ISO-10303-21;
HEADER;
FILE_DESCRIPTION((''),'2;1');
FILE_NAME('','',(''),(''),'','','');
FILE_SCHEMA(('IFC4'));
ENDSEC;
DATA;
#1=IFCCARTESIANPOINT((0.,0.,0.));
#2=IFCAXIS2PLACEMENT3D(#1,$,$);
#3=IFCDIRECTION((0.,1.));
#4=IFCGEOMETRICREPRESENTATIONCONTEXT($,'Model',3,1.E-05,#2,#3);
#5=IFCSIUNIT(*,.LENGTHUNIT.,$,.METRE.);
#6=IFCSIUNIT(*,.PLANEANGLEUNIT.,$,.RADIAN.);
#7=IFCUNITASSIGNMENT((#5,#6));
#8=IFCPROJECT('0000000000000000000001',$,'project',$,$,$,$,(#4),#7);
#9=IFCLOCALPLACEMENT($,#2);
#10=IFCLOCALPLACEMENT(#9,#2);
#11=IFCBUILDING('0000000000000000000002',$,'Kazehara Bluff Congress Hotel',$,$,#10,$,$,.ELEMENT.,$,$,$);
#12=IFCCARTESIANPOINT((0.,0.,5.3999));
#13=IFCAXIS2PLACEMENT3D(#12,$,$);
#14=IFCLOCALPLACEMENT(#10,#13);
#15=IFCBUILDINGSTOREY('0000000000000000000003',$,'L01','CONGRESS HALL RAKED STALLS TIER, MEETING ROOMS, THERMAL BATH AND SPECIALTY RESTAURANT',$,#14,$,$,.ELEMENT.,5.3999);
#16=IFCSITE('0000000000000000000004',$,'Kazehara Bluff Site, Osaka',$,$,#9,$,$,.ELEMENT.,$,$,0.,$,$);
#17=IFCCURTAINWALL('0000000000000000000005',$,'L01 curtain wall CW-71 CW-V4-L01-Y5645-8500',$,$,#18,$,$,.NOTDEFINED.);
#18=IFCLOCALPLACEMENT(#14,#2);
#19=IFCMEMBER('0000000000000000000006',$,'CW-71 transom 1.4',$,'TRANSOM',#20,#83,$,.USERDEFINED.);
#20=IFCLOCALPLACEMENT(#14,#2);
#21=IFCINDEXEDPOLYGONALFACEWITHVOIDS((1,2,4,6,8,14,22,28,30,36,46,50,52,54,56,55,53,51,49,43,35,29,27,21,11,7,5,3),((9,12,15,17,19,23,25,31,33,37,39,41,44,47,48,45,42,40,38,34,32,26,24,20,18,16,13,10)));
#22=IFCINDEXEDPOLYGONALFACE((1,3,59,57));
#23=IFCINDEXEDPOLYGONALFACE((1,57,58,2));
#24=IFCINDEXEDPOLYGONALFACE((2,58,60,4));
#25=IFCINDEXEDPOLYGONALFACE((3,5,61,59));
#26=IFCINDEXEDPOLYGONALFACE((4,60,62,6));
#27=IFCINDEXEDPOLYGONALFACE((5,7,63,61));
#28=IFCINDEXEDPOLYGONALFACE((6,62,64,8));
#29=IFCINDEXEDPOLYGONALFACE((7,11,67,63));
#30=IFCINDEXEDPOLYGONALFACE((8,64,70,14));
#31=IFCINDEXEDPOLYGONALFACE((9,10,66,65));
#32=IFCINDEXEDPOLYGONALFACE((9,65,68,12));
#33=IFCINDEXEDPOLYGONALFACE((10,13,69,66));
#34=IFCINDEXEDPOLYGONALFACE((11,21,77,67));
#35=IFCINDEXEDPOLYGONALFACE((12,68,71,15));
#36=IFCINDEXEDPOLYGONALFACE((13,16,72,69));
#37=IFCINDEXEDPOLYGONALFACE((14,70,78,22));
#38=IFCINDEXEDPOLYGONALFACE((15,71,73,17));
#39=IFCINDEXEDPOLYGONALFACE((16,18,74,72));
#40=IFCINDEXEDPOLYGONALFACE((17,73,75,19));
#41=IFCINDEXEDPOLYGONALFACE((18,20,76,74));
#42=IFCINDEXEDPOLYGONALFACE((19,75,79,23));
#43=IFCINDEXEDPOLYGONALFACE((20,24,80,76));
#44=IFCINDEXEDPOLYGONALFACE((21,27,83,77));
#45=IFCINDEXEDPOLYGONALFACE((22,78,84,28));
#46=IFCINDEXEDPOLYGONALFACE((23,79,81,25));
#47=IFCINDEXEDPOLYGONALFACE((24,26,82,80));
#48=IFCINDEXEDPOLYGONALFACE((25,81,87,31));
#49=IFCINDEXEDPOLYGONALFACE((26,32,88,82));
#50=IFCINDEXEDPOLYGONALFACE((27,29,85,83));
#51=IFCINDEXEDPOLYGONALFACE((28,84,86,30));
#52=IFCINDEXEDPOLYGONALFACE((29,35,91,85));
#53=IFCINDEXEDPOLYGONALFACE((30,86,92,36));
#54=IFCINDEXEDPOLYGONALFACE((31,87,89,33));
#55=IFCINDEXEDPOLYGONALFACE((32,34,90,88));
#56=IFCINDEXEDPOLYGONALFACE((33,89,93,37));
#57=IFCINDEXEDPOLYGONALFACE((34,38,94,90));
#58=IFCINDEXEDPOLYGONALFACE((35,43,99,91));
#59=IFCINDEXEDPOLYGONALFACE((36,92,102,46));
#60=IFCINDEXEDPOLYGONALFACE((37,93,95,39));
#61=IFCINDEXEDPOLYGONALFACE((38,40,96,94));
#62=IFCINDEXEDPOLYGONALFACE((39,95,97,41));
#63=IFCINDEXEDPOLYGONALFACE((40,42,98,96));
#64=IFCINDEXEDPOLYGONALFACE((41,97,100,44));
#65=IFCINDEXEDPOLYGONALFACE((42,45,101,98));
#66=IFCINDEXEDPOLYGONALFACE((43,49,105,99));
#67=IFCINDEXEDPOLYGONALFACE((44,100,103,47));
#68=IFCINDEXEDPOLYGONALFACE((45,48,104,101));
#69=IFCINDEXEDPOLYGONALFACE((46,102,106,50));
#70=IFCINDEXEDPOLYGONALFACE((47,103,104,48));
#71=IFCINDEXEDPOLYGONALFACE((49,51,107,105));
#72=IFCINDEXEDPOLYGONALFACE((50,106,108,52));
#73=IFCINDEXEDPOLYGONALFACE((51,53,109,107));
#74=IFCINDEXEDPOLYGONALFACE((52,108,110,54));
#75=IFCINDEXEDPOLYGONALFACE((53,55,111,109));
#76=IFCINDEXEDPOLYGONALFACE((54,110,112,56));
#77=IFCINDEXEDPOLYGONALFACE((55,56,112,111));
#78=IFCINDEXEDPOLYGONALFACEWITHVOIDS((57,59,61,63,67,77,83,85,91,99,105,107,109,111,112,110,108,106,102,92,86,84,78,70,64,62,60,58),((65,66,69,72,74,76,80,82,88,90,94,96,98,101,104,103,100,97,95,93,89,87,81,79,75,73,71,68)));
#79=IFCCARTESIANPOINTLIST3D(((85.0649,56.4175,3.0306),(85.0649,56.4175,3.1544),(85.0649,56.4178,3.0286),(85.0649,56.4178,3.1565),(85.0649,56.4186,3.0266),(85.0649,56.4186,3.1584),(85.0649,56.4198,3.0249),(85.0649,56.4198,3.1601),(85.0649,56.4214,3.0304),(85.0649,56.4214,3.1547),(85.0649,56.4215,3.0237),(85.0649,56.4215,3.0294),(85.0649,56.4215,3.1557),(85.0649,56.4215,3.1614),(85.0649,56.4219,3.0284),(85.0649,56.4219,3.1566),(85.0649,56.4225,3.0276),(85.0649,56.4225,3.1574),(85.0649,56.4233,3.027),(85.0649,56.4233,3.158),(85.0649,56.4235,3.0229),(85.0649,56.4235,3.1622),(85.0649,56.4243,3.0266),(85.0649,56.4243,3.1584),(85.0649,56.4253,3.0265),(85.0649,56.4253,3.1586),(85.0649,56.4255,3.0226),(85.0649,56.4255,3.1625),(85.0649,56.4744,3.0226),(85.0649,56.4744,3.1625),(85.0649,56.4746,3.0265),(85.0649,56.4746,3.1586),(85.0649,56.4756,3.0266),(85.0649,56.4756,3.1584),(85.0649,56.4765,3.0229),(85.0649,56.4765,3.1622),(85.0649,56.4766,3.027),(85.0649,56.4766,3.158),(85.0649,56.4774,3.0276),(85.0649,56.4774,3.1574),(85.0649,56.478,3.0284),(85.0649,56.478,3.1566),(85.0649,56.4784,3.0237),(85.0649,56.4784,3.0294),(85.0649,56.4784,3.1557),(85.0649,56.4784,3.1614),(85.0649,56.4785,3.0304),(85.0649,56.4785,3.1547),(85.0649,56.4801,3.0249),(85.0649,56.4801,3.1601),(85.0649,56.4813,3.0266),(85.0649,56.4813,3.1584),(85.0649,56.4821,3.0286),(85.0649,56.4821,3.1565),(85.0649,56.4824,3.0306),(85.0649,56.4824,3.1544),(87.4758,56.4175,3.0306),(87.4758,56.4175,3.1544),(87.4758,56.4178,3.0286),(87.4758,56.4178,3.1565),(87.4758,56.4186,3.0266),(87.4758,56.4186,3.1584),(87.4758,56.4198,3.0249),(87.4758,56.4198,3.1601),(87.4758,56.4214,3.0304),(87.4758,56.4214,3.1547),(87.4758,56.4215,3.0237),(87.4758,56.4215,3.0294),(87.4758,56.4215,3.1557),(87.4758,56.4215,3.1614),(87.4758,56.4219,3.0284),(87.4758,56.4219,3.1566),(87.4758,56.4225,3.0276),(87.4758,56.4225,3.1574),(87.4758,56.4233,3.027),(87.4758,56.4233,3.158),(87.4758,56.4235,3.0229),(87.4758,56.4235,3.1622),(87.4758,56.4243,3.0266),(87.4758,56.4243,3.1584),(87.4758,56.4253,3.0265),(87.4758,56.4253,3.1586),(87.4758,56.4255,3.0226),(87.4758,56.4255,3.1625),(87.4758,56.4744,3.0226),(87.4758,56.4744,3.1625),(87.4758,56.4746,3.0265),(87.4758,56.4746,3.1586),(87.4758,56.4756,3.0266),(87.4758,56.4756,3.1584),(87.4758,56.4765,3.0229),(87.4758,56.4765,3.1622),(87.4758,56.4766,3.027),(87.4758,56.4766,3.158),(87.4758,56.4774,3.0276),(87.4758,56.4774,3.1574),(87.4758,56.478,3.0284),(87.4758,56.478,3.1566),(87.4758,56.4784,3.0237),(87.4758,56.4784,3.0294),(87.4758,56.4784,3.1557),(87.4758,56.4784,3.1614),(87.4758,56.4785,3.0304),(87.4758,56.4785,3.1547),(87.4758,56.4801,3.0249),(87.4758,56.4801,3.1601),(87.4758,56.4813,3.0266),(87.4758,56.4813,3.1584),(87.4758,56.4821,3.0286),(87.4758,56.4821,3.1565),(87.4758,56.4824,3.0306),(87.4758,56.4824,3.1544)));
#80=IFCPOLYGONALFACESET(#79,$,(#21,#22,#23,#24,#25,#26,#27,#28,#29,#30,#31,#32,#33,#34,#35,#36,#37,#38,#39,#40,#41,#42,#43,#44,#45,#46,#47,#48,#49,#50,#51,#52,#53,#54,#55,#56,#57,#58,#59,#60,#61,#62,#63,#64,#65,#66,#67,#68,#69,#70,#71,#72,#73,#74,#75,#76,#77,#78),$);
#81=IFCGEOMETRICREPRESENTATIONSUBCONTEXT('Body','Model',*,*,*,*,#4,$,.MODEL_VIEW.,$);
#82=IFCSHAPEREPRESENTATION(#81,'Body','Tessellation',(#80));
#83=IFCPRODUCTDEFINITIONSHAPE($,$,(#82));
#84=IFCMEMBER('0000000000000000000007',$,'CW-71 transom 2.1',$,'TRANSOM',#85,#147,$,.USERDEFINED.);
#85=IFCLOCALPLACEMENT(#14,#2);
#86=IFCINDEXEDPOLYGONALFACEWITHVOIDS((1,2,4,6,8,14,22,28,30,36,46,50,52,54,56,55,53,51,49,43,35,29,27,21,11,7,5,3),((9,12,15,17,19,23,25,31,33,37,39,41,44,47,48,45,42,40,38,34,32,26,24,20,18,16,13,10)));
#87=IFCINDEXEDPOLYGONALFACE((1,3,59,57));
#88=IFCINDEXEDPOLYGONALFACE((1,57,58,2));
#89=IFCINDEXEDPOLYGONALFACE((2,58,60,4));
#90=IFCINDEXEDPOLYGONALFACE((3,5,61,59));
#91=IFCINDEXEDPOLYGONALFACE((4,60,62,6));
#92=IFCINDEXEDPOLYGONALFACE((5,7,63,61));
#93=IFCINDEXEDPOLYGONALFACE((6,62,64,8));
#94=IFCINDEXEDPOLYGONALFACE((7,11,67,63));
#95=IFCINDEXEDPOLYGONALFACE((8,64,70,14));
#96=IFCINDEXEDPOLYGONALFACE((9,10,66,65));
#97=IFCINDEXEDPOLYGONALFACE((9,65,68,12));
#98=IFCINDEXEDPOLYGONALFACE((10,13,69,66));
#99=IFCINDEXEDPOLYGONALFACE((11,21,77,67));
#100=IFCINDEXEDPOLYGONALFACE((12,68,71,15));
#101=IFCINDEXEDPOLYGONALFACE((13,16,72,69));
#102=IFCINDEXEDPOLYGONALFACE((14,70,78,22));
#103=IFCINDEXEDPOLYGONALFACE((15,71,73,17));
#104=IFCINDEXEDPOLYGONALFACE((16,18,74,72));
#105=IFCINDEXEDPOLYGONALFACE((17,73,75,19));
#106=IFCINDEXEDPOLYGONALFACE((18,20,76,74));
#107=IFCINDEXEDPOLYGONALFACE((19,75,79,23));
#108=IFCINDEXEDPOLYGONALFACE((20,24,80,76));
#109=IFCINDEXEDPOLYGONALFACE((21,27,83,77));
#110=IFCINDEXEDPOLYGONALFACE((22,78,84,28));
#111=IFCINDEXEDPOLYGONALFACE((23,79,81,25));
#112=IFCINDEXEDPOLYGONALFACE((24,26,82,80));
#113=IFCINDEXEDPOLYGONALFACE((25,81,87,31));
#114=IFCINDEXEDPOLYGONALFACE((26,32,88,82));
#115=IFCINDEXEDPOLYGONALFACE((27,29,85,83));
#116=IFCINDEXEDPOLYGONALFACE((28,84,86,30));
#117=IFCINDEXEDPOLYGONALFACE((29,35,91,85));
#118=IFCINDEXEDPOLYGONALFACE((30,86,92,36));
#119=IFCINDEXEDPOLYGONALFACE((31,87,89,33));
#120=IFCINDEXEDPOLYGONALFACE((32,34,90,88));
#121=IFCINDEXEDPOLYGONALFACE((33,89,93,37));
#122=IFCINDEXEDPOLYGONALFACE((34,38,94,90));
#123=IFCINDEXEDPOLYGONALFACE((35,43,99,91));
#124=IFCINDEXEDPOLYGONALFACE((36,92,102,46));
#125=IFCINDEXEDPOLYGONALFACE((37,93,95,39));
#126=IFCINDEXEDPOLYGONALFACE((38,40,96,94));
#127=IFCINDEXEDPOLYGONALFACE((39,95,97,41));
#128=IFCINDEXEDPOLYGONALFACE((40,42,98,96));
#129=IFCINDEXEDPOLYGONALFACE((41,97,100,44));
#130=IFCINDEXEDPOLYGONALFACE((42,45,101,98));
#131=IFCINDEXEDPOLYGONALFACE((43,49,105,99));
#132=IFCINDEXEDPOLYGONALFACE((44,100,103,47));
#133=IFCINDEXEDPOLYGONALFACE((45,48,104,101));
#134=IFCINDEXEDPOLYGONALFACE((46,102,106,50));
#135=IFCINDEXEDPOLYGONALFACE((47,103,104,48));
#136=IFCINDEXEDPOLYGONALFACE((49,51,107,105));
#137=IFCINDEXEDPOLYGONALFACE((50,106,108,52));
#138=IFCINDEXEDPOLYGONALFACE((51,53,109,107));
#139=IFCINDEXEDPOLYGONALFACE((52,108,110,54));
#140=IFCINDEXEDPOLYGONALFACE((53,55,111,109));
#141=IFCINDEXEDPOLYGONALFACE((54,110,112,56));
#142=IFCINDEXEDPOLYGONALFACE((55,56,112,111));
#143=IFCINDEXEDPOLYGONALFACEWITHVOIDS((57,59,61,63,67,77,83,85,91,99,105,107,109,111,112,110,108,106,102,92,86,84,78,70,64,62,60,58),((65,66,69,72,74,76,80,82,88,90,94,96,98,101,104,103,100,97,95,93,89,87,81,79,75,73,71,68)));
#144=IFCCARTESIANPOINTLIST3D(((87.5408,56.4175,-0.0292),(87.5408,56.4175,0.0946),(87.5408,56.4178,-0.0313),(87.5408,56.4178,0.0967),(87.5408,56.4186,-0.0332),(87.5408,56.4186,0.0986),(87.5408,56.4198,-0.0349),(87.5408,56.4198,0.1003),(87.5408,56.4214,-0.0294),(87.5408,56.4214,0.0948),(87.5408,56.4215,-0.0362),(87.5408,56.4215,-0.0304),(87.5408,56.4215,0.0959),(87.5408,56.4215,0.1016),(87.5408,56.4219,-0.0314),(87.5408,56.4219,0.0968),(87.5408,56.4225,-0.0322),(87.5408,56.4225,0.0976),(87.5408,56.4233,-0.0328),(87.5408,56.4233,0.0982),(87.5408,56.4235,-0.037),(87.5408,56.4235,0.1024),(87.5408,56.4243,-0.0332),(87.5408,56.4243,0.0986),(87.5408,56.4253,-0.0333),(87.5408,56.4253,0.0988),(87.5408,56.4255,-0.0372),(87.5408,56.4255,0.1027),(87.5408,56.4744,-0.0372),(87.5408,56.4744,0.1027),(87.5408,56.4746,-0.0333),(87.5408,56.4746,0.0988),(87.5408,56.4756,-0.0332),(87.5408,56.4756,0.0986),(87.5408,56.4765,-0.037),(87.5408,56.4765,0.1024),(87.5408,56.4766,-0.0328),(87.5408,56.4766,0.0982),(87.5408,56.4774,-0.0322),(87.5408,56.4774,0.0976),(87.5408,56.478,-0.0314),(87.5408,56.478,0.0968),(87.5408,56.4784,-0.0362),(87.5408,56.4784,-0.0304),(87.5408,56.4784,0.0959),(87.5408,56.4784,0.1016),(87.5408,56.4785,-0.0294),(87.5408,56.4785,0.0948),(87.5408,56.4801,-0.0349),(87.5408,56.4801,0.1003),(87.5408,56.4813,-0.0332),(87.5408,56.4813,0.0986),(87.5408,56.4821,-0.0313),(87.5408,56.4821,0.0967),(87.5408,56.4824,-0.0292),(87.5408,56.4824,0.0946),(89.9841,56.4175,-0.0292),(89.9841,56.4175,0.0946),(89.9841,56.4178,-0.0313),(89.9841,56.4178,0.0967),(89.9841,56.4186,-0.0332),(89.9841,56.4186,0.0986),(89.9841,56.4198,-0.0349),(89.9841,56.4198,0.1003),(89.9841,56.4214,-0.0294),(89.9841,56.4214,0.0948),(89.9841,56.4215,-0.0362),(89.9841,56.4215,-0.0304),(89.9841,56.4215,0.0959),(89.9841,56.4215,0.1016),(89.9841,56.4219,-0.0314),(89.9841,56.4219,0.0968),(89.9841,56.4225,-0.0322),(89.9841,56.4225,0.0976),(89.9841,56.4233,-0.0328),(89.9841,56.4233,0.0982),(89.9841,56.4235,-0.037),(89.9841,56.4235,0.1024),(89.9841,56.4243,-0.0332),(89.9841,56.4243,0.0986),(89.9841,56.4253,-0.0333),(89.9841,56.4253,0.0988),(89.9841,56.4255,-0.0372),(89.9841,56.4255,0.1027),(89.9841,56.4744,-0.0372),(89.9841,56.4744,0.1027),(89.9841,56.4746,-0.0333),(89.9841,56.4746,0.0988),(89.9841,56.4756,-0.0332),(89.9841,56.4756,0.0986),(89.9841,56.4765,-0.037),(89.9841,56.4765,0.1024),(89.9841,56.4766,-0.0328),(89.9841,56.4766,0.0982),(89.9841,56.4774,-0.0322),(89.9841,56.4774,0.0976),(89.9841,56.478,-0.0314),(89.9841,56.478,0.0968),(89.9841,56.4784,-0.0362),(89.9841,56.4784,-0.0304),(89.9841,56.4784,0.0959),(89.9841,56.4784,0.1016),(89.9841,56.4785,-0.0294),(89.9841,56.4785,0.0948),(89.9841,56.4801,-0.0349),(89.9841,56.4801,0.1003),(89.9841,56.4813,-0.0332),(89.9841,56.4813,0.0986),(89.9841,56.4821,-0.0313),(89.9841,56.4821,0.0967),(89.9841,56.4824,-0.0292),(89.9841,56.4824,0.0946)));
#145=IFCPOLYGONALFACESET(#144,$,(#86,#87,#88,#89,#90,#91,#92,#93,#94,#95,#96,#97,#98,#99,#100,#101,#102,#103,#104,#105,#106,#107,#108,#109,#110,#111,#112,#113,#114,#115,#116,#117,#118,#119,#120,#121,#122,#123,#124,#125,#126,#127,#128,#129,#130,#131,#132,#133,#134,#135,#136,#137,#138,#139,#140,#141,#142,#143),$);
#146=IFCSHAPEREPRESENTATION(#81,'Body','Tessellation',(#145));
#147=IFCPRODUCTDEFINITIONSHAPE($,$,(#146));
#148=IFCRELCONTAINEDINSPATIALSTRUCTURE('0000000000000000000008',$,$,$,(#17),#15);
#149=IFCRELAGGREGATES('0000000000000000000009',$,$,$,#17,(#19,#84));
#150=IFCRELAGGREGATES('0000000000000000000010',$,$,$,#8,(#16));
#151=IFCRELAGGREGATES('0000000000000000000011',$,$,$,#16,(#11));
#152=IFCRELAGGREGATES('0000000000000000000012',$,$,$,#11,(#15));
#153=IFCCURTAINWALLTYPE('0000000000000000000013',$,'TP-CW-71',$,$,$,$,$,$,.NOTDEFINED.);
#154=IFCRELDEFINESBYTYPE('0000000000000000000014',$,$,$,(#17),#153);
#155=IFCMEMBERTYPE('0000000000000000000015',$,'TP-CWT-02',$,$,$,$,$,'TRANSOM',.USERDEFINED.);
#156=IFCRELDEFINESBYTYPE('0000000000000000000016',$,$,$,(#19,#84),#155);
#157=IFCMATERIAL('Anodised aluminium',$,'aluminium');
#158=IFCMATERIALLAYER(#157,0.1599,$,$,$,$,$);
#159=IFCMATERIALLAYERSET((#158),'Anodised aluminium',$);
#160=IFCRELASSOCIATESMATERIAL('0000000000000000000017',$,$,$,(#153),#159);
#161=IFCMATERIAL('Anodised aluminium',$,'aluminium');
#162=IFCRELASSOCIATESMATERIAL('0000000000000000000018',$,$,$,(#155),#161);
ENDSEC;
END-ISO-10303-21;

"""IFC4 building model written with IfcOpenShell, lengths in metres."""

from ifc_helpers import new_model, si_unit, direction, frame, origin, origin_2d, place, context, subcontext, project, spatial, hollow_rectangle, extrude, material, layer, layer_set, material_profile, profile_set, type_object, element, aggregate, save


model = new_model("IFC4")

# Units and contexts
model_context = context("Model", 3, precision=1e-05, world=origin(), true_north=direction((0.0, 1.0)))
body_context = subcontext(model_context, "Body", "Model", "MODEL_VIEW")
ifc_project = project(units=[si_unit("LENGTHUNIT", "METRE"), si_unit("PLANEANGLEUNIT", "RADIAN")], contexts=[model_context])

# Site, building, storey
site_placement = place(None, origin())
site = spatial("IfcSite", under=ifc_project, at=site_placement, Name="Kazehara Bluff Site, Osaka", CompositionType="ELEMENT", RefElevation=0.0)
building_placement = place(site_placement, origin())
building = spatial("IfcBuilding", under=site, at=building_placement, Name="Kazehara Bluff Congress Hotel", CompositionType="ELEMENT")
storey_placement = place(building_placement, frame((0.0, 0.0, 5.3999)))
storey = spatial("IfcBuildingStorey", under=building, at=storey_placement, Name="L01", Description="CONGRESS HALL RAKED STALLS TIER, MEETING ROOMS, THERMAL BATH AND SPECIALTY RESTAURANT", CompositionType="ELEMENT", Elevation=5.3999)

# Curtain wall, members
ifc_material_1 = material(Name="Anodised aluminium", Category="aluminium")
ifc_layer_1 = layer(ifc_material_1, 0.1599)
ifc_layer_set_1 = layer_set([ifc_layer_1], Name="Anodised aluminium")
curtain_wall_type = type_object("IfcCurtainWallType", Name="TP-CW-71", PredefinedType="NOTDEFINED", material=ifc_layer_set_1)
curtain_wall_placement = place(storey_placement, origin())
curtain_wall = element("IfcCurtainWall", 1, at=curtain_wall_placement, inside=storey, type_object=curtain_wall_type, Name="L01 curtain wall CW-71 CW-V4-L01-Y5645-8500", PredefinedType="NOTDEFINED")
ifc_material_2 = material(Name="Anodised aluminium", Category="aluminium")
ifc_material_profile_1 = material_profile(ifc_material_2, hollow_rectangle(XDim=0.0649, YDim=0.1399, WallThickness=0.0039, InnerFilletRadius=0.0039, OuterFilletRadius=0.0081, at=origin_2d()))
ifc_profile_set_1 = profile_set([ifc_material_profile_1], Name="Anodised aluminium")
member_type_1 = type_object("IfcMemberType", Name="TP-CWT-02", ElementType="TRANSOM", PredefinedType="USERDEFINED", material=ifc_profile_set_1)
member_1_placement = place(storey_placement, frame((85.0649, 56.45, 3.0925), z_axis=(1.0, 0.0, 0.0), x_axis=(0.0, 1.0, 0.0)))
member_1 = element("IfcMember", 2, at=member_1_placement, type_object=member_type_1, Name="CW-71 transom 1.4", ObjectType="TRANSOM", PredefinedType="USERDEFINED", context=body_context, shape_type="SweptSolid", body=[
    extrude(hollow_rectangle(XDim=0.0649, YDim=0.1399, WallThickness=0.0039, InnerFilletRadius=0.0039, OuterFilletRadius=0.0081, at=origin_2d()), origin(), (0.0, 0.0, 1.0), 2.4109),
])
member_2_placement = place(storey_placement, frame((87.5408, 56.45, 0.0327), z_axis=(1.0, 0.0, 0.0), x_axis=(0.0, 1.0, 0.0)))
member_2 = element("IfcMember", 3, at=member_2_placement, type_object=member_type_1, Name="CW-71 transom 2.1", ObjectType="TRANSOM", PredefinedType="USERDEFINED", context=body_context, shape_type="SweptSolid", body=[
    extrude(hollow_rectangle(XDim=0.0649, YDim=0.1399, WallThickness=0.0039, InnerFilletRadius=0.0039, OuterFilletRadius=0.0081, at=origin_2d()), origin(), (0.0, 0.0, 1.0), 2.4434),
])

aggregate(curtain_wall, [member_1, member_2])

save(model, "model.ifc")
